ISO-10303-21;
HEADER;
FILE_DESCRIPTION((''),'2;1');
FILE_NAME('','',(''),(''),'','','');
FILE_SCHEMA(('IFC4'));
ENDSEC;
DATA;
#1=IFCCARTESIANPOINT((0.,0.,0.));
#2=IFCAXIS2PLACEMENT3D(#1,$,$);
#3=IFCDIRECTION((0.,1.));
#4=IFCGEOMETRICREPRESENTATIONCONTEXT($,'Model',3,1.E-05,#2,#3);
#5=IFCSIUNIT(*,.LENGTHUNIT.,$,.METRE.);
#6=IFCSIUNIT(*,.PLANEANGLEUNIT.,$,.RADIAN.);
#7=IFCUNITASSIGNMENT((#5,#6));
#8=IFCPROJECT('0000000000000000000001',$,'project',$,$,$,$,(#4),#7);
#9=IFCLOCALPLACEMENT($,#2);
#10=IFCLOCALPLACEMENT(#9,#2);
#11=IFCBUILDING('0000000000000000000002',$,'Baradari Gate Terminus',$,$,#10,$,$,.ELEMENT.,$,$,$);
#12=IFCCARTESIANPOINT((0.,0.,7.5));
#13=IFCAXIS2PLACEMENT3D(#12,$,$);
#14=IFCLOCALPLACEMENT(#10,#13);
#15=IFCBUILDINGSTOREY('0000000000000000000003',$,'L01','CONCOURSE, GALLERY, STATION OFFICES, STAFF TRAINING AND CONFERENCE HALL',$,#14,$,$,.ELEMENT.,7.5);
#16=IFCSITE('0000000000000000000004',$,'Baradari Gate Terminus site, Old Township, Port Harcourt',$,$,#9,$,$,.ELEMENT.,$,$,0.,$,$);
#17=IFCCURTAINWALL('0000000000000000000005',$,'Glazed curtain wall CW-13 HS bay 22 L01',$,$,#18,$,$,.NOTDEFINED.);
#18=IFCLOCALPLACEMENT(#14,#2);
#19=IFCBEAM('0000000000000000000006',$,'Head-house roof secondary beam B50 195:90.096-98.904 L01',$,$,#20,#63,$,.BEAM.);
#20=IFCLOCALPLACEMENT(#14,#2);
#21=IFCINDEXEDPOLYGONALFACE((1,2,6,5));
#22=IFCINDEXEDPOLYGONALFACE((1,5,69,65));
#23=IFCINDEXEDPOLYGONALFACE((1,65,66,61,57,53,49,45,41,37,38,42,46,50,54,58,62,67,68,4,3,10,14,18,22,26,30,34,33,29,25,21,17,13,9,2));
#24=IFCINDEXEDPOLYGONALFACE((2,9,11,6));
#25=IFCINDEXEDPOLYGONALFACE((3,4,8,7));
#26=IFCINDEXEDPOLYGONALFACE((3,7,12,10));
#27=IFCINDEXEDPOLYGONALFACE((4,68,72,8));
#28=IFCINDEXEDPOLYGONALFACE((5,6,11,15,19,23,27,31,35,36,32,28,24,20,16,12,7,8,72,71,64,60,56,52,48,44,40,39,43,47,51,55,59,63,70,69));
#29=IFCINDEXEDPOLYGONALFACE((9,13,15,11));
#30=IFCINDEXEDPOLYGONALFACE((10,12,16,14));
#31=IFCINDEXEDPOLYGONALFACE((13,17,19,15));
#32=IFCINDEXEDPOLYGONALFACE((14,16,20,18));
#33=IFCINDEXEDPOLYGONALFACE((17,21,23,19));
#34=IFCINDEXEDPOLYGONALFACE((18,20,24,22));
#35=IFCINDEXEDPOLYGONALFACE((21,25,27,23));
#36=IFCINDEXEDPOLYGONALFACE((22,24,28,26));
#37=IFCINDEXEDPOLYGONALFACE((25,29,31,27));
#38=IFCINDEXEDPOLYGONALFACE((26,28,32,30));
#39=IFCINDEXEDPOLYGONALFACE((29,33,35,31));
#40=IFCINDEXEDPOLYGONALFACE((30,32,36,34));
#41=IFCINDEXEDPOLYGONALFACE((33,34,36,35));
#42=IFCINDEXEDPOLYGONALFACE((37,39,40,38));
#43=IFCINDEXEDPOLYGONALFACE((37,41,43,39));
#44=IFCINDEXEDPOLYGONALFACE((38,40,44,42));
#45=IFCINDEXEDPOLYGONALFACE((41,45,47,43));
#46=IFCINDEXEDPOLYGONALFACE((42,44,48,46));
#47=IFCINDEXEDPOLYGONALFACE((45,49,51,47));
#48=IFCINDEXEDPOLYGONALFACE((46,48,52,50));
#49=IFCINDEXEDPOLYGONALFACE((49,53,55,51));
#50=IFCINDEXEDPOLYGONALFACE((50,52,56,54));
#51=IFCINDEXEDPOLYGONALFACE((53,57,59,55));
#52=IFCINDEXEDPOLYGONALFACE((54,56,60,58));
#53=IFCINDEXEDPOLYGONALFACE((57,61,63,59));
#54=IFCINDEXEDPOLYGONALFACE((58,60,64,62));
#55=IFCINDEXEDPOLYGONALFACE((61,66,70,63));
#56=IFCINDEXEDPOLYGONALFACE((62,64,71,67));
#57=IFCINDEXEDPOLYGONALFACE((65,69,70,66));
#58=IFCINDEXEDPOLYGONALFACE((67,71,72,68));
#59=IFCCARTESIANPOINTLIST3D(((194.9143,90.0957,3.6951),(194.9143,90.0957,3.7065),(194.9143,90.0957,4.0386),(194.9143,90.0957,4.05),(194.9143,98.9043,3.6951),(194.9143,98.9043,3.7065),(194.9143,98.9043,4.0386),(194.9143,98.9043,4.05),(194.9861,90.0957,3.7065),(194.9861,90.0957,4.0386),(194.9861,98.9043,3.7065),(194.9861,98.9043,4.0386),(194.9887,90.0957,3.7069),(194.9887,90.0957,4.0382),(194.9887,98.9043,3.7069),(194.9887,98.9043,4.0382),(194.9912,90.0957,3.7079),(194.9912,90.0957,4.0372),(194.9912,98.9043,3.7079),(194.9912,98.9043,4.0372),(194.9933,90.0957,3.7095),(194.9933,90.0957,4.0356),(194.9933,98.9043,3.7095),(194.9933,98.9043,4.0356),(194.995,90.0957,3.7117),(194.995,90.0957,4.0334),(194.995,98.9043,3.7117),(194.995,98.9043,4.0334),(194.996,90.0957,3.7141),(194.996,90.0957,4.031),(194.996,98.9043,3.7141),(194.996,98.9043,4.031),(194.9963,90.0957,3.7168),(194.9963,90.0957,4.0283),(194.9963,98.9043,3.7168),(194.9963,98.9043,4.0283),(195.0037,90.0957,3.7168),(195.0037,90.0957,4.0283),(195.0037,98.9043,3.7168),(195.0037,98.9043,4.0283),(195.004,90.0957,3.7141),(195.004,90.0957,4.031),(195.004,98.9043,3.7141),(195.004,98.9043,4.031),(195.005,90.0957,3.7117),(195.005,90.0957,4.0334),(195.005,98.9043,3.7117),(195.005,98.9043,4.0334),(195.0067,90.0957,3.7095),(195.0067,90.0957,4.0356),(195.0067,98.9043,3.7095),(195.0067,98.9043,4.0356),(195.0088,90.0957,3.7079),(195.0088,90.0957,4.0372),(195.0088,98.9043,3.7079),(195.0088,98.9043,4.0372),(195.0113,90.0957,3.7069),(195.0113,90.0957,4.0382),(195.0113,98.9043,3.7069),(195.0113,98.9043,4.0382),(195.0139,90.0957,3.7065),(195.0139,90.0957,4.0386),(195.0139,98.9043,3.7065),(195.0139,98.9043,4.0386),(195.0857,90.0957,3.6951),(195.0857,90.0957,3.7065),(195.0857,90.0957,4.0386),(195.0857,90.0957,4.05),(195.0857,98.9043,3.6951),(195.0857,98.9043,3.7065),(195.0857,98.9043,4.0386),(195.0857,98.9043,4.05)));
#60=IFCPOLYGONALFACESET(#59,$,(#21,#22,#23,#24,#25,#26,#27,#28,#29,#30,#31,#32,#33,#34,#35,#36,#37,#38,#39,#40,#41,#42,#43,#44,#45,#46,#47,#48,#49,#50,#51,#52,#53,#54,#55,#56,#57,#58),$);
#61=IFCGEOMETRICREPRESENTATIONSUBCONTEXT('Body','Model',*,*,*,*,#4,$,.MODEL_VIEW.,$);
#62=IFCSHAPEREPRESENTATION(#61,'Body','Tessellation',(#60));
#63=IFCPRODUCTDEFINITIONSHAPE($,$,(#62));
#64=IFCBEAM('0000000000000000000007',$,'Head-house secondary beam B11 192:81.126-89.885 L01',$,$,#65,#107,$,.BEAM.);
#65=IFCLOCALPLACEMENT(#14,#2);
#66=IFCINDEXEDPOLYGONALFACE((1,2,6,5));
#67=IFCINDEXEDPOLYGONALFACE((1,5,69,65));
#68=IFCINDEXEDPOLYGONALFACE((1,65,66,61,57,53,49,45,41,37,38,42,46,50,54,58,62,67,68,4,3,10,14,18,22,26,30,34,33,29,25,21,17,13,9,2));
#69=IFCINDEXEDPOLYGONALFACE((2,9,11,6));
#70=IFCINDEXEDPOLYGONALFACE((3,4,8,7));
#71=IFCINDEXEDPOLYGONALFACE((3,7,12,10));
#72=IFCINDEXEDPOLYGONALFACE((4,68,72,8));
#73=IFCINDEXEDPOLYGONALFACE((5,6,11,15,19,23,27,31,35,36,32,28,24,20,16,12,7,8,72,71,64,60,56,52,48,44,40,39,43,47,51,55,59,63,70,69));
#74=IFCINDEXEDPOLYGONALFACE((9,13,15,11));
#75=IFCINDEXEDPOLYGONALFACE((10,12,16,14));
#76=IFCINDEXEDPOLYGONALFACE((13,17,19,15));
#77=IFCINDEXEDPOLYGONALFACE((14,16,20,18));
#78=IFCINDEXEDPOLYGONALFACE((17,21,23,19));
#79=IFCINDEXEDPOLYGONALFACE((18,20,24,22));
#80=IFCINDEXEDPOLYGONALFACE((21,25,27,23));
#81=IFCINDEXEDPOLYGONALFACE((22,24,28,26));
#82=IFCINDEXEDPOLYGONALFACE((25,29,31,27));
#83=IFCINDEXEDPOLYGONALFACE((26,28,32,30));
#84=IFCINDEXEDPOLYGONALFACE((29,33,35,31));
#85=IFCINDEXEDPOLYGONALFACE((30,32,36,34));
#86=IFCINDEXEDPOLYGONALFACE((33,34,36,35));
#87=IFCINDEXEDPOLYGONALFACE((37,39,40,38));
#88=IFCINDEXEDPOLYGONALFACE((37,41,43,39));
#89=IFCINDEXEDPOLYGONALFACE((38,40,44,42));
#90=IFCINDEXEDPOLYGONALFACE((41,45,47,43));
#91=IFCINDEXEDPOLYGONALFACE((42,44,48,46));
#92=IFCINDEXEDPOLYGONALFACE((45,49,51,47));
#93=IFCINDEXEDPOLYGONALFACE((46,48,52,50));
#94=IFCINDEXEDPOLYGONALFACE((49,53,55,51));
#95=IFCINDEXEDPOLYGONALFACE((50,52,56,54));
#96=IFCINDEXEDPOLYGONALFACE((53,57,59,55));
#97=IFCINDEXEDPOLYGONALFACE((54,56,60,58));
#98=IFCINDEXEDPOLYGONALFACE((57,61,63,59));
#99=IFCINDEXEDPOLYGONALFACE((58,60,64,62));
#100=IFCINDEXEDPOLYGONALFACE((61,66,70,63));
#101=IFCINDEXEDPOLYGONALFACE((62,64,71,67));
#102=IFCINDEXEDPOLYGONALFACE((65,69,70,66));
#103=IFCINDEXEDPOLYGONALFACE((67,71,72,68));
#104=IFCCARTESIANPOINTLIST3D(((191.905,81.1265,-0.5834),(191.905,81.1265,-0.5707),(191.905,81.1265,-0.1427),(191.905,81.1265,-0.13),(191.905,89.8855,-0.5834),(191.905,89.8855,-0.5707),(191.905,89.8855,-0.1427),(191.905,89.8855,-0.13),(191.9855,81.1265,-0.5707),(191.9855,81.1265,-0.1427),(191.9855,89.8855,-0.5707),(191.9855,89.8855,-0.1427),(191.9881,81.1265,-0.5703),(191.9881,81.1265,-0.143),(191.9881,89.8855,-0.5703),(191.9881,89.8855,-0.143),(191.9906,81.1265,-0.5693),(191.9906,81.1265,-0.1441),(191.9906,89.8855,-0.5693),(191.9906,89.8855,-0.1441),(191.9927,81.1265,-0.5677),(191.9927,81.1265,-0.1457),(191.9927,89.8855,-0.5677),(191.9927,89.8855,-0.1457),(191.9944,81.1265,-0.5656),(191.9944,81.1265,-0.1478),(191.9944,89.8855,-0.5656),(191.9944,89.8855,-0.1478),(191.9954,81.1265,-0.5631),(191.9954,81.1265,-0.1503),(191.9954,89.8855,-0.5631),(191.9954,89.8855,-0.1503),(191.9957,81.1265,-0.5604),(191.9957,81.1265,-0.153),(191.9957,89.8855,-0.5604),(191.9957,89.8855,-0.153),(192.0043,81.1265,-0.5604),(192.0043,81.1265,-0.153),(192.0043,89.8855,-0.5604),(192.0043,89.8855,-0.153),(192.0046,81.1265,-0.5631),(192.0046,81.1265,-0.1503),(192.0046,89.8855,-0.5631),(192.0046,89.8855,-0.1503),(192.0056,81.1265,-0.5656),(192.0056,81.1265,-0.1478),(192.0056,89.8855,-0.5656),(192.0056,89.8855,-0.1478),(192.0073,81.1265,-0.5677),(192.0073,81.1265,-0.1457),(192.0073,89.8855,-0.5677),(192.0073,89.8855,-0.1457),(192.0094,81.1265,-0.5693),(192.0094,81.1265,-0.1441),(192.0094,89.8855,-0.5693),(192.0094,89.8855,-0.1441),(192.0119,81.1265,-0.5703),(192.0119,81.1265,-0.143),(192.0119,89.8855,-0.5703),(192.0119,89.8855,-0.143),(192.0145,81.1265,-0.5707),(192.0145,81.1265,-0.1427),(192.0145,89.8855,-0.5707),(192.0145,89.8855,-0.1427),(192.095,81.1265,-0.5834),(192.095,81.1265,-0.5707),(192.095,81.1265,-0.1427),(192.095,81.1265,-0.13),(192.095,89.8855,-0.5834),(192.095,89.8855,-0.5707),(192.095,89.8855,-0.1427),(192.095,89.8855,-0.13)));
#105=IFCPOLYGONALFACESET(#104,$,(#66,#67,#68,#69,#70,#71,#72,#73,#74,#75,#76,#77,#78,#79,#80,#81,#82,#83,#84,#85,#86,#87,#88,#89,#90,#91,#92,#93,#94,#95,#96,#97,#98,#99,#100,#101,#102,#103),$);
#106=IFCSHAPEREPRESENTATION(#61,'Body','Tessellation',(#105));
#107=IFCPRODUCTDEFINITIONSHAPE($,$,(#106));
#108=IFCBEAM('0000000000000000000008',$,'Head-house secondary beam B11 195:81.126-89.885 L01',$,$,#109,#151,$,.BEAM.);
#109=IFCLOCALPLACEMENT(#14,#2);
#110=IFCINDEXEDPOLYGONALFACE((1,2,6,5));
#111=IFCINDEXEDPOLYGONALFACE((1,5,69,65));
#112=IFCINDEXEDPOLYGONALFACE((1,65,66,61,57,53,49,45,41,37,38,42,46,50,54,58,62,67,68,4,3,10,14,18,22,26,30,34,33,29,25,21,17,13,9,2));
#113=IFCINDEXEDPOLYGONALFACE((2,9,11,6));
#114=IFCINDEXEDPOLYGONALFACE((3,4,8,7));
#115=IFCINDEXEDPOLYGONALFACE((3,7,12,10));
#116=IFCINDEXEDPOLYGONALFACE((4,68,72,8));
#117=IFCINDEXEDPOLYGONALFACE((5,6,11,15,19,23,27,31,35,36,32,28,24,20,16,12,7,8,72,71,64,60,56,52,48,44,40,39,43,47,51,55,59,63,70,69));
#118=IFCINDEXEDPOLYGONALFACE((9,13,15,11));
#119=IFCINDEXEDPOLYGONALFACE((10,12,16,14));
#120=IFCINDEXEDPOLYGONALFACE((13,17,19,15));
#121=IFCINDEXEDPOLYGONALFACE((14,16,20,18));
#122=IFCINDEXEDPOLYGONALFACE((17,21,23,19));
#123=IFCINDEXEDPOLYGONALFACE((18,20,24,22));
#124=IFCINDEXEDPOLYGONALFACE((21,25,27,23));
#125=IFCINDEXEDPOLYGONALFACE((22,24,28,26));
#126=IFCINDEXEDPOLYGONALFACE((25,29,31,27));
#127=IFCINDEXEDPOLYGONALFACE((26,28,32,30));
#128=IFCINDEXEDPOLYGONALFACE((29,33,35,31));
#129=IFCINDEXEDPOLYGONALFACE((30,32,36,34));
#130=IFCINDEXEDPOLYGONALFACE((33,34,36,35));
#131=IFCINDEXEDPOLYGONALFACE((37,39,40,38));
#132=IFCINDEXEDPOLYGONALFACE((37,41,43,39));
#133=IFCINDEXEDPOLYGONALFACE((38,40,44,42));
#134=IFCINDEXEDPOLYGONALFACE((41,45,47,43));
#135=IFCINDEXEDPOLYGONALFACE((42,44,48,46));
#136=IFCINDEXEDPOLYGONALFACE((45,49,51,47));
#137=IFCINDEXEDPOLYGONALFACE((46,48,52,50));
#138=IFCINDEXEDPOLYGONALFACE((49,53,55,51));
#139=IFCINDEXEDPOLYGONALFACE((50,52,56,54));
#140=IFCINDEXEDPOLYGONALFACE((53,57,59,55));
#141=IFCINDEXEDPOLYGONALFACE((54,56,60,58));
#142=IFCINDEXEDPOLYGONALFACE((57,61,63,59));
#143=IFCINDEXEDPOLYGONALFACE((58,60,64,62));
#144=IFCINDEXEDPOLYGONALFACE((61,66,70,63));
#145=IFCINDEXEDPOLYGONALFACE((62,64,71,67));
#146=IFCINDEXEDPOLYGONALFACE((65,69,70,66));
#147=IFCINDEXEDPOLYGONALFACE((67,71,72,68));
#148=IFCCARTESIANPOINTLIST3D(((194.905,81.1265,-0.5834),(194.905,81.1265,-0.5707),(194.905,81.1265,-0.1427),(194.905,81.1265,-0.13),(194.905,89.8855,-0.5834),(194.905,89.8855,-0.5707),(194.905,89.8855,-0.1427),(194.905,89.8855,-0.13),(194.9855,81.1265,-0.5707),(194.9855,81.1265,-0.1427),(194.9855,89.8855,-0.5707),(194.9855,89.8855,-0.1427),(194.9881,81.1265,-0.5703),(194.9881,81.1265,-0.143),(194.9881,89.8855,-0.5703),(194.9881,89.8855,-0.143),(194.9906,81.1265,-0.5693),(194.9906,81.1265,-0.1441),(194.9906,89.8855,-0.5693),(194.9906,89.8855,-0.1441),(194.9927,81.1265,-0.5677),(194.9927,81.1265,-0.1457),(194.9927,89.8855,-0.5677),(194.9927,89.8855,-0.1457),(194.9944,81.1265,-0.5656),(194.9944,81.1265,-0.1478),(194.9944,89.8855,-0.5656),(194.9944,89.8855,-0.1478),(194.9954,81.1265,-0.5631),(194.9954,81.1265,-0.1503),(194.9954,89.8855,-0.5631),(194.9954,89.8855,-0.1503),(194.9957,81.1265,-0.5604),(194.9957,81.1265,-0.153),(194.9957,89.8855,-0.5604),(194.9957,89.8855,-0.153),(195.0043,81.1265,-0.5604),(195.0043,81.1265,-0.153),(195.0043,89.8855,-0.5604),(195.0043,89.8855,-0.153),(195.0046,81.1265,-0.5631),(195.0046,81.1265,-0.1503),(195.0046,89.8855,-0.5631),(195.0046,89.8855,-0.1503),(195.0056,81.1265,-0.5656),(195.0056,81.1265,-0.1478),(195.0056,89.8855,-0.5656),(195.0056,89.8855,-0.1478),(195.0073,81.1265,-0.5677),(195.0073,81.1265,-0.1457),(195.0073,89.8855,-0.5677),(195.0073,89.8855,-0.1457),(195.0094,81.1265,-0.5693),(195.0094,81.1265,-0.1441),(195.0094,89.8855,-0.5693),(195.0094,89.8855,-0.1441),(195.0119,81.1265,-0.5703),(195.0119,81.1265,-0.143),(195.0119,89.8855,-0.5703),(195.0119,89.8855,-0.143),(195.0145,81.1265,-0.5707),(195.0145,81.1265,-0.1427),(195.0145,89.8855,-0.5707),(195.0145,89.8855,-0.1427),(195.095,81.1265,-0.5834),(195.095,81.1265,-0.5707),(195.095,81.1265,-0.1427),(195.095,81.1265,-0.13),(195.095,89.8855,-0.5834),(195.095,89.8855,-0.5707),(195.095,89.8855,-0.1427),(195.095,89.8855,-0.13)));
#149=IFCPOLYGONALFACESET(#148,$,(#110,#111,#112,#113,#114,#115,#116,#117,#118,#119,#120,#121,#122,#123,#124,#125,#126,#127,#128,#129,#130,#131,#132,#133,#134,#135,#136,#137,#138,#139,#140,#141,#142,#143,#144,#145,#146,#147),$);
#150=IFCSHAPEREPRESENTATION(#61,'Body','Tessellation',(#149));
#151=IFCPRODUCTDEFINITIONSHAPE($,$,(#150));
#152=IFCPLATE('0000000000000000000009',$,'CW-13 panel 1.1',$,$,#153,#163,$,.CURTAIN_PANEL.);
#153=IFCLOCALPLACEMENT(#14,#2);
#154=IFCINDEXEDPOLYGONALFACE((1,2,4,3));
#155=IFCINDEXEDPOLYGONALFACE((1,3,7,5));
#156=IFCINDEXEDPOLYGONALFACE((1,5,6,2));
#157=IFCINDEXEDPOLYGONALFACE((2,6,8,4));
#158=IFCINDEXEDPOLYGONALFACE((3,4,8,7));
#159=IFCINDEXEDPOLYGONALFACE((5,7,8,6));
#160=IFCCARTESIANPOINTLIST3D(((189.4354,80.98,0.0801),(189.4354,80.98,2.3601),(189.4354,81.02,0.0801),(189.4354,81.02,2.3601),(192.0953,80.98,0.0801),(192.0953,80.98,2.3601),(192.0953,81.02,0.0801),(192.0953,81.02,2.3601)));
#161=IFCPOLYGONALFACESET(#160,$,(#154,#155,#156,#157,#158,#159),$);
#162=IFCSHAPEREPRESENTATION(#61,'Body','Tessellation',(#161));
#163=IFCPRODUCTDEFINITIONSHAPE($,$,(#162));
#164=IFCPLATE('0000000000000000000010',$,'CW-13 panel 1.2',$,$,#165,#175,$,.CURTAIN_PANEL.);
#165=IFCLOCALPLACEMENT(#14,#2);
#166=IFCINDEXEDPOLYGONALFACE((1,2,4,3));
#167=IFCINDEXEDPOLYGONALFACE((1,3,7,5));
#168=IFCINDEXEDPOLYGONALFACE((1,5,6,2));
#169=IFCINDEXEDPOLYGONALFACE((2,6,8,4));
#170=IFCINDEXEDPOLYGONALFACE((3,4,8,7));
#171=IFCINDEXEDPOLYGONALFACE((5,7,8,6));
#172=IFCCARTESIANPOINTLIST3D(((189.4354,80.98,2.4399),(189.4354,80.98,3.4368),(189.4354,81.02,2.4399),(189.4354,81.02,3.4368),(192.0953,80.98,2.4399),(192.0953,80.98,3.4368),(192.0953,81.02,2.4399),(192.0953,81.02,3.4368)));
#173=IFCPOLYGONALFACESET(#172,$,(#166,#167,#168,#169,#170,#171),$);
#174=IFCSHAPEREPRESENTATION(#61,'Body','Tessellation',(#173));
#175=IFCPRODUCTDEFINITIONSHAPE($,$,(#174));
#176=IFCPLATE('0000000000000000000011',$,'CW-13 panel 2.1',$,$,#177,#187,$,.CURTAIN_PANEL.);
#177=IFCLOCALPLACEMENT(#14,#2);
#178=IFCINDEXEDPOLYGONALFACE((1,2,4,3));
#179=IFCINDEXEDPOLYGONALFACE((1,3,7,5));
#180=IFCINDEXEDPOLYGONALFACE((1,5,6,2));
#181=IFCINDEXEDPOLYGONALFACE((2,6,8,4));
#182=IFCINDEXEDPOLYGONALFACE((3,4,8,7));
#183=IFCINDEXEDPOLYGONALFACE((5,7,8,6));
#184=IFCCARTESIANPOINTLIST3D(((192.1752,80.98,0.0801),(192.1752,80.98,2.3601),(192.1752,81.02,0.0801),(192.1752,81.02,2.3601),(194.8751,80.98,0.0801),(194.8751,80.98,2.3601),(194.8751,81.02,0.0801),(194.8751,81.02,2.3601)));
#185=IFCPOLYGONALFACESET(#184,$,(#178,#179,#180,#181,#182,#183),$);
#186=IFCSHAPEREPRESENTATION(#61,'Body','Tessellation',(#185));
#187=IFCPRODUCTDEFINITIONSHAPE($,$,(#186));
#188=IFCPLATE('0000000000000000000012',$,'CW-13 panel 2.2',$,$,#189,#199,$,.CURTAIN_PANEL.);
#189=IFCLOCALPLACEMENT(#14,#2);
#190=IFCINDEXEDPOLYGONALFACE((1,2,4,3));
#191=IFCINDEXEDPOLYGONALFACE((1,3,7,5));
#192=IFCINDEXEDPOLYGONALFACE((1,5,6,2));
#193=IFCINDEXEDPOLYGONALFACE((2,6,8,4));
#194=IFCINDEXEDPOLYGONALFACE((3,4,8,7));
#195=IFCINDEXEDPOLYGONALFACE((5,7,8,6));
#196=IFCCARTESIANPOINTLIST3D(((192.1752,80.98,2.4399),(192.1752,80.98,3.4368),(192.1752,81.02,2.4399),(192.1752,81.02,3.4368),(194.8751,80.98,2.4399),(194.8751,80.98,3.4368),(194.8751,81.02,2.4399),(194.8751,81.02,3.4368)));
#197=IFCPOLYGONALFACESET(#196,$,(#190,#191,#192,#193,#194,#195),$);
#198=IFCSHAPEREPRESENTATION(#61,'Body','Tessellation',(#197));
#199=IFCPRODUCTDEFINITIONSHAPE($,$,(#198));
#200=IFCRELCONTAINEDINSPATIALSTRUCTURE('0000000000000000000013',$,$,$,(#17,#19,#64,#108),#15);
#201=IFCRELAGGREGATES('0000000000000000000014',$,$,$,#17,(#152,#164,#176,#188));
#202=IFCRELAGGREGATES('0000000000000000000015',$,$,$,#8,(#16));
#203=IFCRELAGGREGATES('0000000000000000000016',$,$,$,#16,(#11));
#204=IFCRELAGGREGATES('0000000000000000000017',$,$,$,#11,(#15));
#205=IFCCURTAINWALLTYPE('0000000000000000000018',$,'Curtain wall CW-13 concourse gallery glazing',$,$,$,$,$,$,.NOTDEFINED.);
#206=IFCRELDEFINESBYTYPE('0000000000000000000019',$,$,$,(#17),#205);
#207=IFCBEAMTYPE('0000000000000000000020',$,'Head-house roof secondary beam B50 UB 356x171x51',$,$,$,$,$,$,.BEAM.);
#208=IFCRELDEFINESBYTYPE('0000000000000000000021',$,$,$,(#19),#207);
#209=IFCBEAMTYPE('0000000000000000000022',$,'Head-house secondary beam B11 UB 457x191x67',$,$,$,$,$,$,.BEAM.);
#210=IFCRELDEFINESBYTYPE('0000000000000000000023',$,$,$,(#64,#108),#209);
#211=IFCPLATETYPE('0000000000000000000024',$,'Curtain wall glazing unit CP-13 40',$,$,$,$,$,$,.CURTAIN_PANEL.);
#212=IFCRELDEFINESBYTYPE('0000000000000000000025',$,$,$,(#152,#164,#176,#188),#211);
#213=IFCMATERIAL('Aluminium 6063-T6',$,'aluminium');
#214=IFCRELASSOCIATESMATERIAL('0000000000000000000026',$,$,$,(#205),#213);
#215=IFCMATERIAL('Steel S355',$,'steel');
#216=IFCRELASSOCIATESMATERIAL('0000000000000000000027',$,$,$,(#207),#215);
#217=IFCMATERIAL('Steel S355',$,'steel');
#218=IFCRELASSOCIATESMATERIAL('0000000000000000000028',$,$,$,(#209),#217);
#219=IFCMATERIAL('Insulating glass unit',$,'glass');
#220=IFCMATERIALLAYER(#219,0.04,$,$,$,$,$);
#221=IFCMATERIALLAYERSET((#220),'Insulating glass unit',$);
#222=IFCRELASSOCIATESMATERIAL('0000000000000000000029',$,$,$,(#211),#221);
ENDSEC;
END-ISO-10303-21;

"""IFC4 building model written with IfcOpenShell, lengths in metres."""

from ifc_helpers import new_model, si_unit, direction, frame, origin, origin_2d, place, context, subcontext, project, spatial, rectangle, i_section, extrude, material, layer, layer_set, material_profile, profile_set, type_object, element, aggregate, save


model = new_model("IFC4")

# Units and contexts
model_context = context("Model", 3, precision=1e-05, world=origin(), true_north=direction((0.0, 1.0)))
body_context = subcontext(model_context, "Body", "Model", "MODEL_VIEW")
ifc_project = project(units=[si_unit("LENGTHUNIT", "METRE"), si_unit("PLANEANGLEUNIT", "RADIAN")], contexts=[model_context])

# Site, building, storey
site_placement = place(None, origin())
site = spatial("IfcSite", under=ifc_project, at=site_placement, Name="Baradari Gate Terminus site, Old Township, Port Harcourt", CompositionType="ELEMENT", RefElevation=0.0)
building_placement = place(site_placement, origin())
building = spatial("IfcBuilding", under=site, at=building_placement, Name="Baradari Gate Terminus", CompositionType="ELEMENT")
storey_placement = place(building_placement, frame((0.0, 0.0, 7.5)))
storey = spatial("IfcBuildingStorey", under=building, at=storey_placement, Name="L01", Description="CONCOURSE, GALLERY, STATION OFFICES, STAFF TRAINING AND CONFERENCE HALL", CompositionType="ELEMENT", Elevation=7.5)

# Curtain wall
ifc_material_1 = material(Name="Aluminium 6063-T6", Category="aluminium")
curtain_wall_type = type_object("IfcCurtainWallType", Name="Curtain wall CW-13 concourse gallery glazing", PredefinedType="NOTDEFINED", material=ifc_material_1)
curtain_wall_placement = place(storey_placement, origin())
curtain_wall = element("IfcCurtainWall", 1, at=curtain_wall_placement, inside=storey, type_object=curtain_wall_type, Name="Glazed curtain wall CW-13 HS bay 22 L01", PredefinedType="NOTDEFINED")

# Beams
ifc_material_2 = material(Name="Steel S355", Category="steel")
ifc_material_profile_1 = material_profile(ifc_material_2, i_section(OverallWidth=0.1714, OverallDepth=0.355, WebThickness=0.0073, FlangeThickness=0.0115, FilletRadius=0.0103, at=origin_2d()), Name="UB 356x171x51")
ifc_profile_set_1 = profile_set([ifc_material_profile_1], Name="Steel S355")
beam_type_1 = type_object("IfcBeamType", Name="Head-house roof secondary beam B50 UB 356x171x51", PredefinedType="BEAM", material=ifc_profile_set_1)
beam_1_placement = place(storey_placement, frame((195.0, 90.0957, 3.8726), z_axis=(0.0, 1.0, 0.0), x_axis=(-1.0, 0.0, 0.0)))
element("IfcBeam", 2, at=beam_1_placement, inside=storey, type_object=beam_type_1, Name="Head-house roof secondary beam B50 195:90.096-98.904 L01", PredefinedType="BEAM", context=body_context, shape_type="SweptSolid", body=[
    extrude(i_section(OverallWidth=0.1714, OverallDepth=0.355, WebThickness=0.0073, FlangeThickness=0.0115, FilletRadius=0.0103, at=origin_2d()), origin(), (0.0, 0.0, 1.0), 8.8086),
])
ifc_material_3 = material(Name="Steel S355", Category="steel")
ifc_material_profile_2 = material_profile(ifc_material_3, i_section(OverallWidth=0.1899, OverallDepth=0.4534, WebThickness=0.0085, FlangeThickness=0.0127, FilletRadius=0.0103, at=origin_2d()), Name="UB 457x191x67")
ifc_profile_set_2 = profile_set([ifc_material_profile_2], Name="Steel S355")
beam_type_2 = type_object("IfcBeamType", Name="Head-house secondary beam B11 UB 457x191x67", PredefinedType="BEAM", material=ifc_profile_set_2)
for number, where, z_axis, x_axis, name in (
    (3, (192.0, 81.1265, -0.3567), (0.0, 1.0, 0.0), (-1.0, 0.0, 0.0), "Head-house secondary beam B11 192:81.126-89.885 L01"),
    (4, (195.0, 81.1265, -0.3567), (0.0, 1.0, 0.0), (-1.0, 0.0, 0.0), "Head-house secondary beam B11 195:81.126-89.885 L01"),
):
    element("IfcBeam", number, at=place(storey_placement, frame(where, z_axis=z_axis, x_axis=x_axis)), inside=storey, type_object=beam_type_2, Name=name, PredefinedType="BEAM", context=body_context, shape_type="SweptSolid", body=[
        extrude(i_section(OverallWidth=0.1899, OverallDepth=0.4534, WebThickness=0.0085, FlangeThickness=0.0127, FilletRadius=0.0103, at=origin_2d()), origin(), (0.0, 0.0, 1.0), 8.759),
    ])

# Plates
ifc_material_4 = material(Name="Insulating glass unit", Category="glass")
ifc_layer = layer(ifc_material_4, 0.04)
ifc_layer_set = layer_set([ifc_layer], Name="Insulating glass unit")
plate_type = type_object("IfcPlateType", Name="Curtain wall glazing unit CP-13 40", PredefinedType="CURTAIN_PANEL", material=ifc_layer_set)
plate_1_placement = place(storey_placement, frame((190.7654, 81.0, 0.0801), z_axis=(0.0, 0.0, 1.0), x_axis=(1.0, 0.0, 0.0)))
plate_1 = element("IfcPlate", 5, at=plate_1_placement, type_object=plate_type, Name="CW-13 panel 1.1", PredefinedType="CURTAIN_PANEL", context=body_context, shape_type="SweptSolid", body=[
    extrude(rectangle(XDim=2.6599, YDim=0.04, at=origin_2d()), origin(), (0.0, 0.0, 1.0), 2.28),
])
plate_2_placement = place(storey_placement, frame((190.7654, 81.0, 2.4399), z_axis=(0.0, 0.0, 1.0), x_axis=(1.0, 0.0, 0.0)))
plate_2 = element("IfcPlate", 6, at=plate_2_placement, type_object=plate_type, Name="CW-13 panel 1.2", PredefinedType="CURTAIN_PANEL", context=body_context, shape_type="SweptSolid", body=[
    extrude(rectangle(XDim=2.6599, YDim=0.04, at=origin_2d()), origin(), (0.0, 0.0, 1.0), 0.9968),
])
plate_3_placement = place(storey_placement, frame((193.5251, 81.0, 0.0801), z_axis=(0.0, 0.0, 1.0), x_axis=(1.0, 0.0, 0.0)))
plate_3 = element("IfcPlate", 7, at=plate_3_placement, type_object=plate_type, Name="CW-13 panel 2.1", PredefinedType="CURTAIN_PANEL", context=body_context, shape_type="SweptSolid", body=[
    extrude(rectangle(XDim=2.7, YDim=0.04, at=origin_2d()), origin(), (0.0, 0.0, 1.0), 2.28),
])
plate_4_placement = place(storey_placement, frame((193.5251, 81.0, 2.4399), z_axis=(0.0, 0.0, 1.0), x_axis=(1.0, 0.0, 0.0)))
plate_4 = element("IfcPlate", 8, at=plate_4_placement, type_object=plate_type, Name="CW-13 panel 2.2", PredefinedType="CURTAIN_PANEL", context=body_context, shape_type="SweptSolid", body=[
    extrude(rectangle(XDim=2.7, YDim=0.04, at=origin_2d()), origin(), (0.0, 0.0, 1.0), 0.9968),
])
aggregate(curtain_wall, [plate_1, plate_2, plate_3, plate_4])

save(model, "model.ifc")
